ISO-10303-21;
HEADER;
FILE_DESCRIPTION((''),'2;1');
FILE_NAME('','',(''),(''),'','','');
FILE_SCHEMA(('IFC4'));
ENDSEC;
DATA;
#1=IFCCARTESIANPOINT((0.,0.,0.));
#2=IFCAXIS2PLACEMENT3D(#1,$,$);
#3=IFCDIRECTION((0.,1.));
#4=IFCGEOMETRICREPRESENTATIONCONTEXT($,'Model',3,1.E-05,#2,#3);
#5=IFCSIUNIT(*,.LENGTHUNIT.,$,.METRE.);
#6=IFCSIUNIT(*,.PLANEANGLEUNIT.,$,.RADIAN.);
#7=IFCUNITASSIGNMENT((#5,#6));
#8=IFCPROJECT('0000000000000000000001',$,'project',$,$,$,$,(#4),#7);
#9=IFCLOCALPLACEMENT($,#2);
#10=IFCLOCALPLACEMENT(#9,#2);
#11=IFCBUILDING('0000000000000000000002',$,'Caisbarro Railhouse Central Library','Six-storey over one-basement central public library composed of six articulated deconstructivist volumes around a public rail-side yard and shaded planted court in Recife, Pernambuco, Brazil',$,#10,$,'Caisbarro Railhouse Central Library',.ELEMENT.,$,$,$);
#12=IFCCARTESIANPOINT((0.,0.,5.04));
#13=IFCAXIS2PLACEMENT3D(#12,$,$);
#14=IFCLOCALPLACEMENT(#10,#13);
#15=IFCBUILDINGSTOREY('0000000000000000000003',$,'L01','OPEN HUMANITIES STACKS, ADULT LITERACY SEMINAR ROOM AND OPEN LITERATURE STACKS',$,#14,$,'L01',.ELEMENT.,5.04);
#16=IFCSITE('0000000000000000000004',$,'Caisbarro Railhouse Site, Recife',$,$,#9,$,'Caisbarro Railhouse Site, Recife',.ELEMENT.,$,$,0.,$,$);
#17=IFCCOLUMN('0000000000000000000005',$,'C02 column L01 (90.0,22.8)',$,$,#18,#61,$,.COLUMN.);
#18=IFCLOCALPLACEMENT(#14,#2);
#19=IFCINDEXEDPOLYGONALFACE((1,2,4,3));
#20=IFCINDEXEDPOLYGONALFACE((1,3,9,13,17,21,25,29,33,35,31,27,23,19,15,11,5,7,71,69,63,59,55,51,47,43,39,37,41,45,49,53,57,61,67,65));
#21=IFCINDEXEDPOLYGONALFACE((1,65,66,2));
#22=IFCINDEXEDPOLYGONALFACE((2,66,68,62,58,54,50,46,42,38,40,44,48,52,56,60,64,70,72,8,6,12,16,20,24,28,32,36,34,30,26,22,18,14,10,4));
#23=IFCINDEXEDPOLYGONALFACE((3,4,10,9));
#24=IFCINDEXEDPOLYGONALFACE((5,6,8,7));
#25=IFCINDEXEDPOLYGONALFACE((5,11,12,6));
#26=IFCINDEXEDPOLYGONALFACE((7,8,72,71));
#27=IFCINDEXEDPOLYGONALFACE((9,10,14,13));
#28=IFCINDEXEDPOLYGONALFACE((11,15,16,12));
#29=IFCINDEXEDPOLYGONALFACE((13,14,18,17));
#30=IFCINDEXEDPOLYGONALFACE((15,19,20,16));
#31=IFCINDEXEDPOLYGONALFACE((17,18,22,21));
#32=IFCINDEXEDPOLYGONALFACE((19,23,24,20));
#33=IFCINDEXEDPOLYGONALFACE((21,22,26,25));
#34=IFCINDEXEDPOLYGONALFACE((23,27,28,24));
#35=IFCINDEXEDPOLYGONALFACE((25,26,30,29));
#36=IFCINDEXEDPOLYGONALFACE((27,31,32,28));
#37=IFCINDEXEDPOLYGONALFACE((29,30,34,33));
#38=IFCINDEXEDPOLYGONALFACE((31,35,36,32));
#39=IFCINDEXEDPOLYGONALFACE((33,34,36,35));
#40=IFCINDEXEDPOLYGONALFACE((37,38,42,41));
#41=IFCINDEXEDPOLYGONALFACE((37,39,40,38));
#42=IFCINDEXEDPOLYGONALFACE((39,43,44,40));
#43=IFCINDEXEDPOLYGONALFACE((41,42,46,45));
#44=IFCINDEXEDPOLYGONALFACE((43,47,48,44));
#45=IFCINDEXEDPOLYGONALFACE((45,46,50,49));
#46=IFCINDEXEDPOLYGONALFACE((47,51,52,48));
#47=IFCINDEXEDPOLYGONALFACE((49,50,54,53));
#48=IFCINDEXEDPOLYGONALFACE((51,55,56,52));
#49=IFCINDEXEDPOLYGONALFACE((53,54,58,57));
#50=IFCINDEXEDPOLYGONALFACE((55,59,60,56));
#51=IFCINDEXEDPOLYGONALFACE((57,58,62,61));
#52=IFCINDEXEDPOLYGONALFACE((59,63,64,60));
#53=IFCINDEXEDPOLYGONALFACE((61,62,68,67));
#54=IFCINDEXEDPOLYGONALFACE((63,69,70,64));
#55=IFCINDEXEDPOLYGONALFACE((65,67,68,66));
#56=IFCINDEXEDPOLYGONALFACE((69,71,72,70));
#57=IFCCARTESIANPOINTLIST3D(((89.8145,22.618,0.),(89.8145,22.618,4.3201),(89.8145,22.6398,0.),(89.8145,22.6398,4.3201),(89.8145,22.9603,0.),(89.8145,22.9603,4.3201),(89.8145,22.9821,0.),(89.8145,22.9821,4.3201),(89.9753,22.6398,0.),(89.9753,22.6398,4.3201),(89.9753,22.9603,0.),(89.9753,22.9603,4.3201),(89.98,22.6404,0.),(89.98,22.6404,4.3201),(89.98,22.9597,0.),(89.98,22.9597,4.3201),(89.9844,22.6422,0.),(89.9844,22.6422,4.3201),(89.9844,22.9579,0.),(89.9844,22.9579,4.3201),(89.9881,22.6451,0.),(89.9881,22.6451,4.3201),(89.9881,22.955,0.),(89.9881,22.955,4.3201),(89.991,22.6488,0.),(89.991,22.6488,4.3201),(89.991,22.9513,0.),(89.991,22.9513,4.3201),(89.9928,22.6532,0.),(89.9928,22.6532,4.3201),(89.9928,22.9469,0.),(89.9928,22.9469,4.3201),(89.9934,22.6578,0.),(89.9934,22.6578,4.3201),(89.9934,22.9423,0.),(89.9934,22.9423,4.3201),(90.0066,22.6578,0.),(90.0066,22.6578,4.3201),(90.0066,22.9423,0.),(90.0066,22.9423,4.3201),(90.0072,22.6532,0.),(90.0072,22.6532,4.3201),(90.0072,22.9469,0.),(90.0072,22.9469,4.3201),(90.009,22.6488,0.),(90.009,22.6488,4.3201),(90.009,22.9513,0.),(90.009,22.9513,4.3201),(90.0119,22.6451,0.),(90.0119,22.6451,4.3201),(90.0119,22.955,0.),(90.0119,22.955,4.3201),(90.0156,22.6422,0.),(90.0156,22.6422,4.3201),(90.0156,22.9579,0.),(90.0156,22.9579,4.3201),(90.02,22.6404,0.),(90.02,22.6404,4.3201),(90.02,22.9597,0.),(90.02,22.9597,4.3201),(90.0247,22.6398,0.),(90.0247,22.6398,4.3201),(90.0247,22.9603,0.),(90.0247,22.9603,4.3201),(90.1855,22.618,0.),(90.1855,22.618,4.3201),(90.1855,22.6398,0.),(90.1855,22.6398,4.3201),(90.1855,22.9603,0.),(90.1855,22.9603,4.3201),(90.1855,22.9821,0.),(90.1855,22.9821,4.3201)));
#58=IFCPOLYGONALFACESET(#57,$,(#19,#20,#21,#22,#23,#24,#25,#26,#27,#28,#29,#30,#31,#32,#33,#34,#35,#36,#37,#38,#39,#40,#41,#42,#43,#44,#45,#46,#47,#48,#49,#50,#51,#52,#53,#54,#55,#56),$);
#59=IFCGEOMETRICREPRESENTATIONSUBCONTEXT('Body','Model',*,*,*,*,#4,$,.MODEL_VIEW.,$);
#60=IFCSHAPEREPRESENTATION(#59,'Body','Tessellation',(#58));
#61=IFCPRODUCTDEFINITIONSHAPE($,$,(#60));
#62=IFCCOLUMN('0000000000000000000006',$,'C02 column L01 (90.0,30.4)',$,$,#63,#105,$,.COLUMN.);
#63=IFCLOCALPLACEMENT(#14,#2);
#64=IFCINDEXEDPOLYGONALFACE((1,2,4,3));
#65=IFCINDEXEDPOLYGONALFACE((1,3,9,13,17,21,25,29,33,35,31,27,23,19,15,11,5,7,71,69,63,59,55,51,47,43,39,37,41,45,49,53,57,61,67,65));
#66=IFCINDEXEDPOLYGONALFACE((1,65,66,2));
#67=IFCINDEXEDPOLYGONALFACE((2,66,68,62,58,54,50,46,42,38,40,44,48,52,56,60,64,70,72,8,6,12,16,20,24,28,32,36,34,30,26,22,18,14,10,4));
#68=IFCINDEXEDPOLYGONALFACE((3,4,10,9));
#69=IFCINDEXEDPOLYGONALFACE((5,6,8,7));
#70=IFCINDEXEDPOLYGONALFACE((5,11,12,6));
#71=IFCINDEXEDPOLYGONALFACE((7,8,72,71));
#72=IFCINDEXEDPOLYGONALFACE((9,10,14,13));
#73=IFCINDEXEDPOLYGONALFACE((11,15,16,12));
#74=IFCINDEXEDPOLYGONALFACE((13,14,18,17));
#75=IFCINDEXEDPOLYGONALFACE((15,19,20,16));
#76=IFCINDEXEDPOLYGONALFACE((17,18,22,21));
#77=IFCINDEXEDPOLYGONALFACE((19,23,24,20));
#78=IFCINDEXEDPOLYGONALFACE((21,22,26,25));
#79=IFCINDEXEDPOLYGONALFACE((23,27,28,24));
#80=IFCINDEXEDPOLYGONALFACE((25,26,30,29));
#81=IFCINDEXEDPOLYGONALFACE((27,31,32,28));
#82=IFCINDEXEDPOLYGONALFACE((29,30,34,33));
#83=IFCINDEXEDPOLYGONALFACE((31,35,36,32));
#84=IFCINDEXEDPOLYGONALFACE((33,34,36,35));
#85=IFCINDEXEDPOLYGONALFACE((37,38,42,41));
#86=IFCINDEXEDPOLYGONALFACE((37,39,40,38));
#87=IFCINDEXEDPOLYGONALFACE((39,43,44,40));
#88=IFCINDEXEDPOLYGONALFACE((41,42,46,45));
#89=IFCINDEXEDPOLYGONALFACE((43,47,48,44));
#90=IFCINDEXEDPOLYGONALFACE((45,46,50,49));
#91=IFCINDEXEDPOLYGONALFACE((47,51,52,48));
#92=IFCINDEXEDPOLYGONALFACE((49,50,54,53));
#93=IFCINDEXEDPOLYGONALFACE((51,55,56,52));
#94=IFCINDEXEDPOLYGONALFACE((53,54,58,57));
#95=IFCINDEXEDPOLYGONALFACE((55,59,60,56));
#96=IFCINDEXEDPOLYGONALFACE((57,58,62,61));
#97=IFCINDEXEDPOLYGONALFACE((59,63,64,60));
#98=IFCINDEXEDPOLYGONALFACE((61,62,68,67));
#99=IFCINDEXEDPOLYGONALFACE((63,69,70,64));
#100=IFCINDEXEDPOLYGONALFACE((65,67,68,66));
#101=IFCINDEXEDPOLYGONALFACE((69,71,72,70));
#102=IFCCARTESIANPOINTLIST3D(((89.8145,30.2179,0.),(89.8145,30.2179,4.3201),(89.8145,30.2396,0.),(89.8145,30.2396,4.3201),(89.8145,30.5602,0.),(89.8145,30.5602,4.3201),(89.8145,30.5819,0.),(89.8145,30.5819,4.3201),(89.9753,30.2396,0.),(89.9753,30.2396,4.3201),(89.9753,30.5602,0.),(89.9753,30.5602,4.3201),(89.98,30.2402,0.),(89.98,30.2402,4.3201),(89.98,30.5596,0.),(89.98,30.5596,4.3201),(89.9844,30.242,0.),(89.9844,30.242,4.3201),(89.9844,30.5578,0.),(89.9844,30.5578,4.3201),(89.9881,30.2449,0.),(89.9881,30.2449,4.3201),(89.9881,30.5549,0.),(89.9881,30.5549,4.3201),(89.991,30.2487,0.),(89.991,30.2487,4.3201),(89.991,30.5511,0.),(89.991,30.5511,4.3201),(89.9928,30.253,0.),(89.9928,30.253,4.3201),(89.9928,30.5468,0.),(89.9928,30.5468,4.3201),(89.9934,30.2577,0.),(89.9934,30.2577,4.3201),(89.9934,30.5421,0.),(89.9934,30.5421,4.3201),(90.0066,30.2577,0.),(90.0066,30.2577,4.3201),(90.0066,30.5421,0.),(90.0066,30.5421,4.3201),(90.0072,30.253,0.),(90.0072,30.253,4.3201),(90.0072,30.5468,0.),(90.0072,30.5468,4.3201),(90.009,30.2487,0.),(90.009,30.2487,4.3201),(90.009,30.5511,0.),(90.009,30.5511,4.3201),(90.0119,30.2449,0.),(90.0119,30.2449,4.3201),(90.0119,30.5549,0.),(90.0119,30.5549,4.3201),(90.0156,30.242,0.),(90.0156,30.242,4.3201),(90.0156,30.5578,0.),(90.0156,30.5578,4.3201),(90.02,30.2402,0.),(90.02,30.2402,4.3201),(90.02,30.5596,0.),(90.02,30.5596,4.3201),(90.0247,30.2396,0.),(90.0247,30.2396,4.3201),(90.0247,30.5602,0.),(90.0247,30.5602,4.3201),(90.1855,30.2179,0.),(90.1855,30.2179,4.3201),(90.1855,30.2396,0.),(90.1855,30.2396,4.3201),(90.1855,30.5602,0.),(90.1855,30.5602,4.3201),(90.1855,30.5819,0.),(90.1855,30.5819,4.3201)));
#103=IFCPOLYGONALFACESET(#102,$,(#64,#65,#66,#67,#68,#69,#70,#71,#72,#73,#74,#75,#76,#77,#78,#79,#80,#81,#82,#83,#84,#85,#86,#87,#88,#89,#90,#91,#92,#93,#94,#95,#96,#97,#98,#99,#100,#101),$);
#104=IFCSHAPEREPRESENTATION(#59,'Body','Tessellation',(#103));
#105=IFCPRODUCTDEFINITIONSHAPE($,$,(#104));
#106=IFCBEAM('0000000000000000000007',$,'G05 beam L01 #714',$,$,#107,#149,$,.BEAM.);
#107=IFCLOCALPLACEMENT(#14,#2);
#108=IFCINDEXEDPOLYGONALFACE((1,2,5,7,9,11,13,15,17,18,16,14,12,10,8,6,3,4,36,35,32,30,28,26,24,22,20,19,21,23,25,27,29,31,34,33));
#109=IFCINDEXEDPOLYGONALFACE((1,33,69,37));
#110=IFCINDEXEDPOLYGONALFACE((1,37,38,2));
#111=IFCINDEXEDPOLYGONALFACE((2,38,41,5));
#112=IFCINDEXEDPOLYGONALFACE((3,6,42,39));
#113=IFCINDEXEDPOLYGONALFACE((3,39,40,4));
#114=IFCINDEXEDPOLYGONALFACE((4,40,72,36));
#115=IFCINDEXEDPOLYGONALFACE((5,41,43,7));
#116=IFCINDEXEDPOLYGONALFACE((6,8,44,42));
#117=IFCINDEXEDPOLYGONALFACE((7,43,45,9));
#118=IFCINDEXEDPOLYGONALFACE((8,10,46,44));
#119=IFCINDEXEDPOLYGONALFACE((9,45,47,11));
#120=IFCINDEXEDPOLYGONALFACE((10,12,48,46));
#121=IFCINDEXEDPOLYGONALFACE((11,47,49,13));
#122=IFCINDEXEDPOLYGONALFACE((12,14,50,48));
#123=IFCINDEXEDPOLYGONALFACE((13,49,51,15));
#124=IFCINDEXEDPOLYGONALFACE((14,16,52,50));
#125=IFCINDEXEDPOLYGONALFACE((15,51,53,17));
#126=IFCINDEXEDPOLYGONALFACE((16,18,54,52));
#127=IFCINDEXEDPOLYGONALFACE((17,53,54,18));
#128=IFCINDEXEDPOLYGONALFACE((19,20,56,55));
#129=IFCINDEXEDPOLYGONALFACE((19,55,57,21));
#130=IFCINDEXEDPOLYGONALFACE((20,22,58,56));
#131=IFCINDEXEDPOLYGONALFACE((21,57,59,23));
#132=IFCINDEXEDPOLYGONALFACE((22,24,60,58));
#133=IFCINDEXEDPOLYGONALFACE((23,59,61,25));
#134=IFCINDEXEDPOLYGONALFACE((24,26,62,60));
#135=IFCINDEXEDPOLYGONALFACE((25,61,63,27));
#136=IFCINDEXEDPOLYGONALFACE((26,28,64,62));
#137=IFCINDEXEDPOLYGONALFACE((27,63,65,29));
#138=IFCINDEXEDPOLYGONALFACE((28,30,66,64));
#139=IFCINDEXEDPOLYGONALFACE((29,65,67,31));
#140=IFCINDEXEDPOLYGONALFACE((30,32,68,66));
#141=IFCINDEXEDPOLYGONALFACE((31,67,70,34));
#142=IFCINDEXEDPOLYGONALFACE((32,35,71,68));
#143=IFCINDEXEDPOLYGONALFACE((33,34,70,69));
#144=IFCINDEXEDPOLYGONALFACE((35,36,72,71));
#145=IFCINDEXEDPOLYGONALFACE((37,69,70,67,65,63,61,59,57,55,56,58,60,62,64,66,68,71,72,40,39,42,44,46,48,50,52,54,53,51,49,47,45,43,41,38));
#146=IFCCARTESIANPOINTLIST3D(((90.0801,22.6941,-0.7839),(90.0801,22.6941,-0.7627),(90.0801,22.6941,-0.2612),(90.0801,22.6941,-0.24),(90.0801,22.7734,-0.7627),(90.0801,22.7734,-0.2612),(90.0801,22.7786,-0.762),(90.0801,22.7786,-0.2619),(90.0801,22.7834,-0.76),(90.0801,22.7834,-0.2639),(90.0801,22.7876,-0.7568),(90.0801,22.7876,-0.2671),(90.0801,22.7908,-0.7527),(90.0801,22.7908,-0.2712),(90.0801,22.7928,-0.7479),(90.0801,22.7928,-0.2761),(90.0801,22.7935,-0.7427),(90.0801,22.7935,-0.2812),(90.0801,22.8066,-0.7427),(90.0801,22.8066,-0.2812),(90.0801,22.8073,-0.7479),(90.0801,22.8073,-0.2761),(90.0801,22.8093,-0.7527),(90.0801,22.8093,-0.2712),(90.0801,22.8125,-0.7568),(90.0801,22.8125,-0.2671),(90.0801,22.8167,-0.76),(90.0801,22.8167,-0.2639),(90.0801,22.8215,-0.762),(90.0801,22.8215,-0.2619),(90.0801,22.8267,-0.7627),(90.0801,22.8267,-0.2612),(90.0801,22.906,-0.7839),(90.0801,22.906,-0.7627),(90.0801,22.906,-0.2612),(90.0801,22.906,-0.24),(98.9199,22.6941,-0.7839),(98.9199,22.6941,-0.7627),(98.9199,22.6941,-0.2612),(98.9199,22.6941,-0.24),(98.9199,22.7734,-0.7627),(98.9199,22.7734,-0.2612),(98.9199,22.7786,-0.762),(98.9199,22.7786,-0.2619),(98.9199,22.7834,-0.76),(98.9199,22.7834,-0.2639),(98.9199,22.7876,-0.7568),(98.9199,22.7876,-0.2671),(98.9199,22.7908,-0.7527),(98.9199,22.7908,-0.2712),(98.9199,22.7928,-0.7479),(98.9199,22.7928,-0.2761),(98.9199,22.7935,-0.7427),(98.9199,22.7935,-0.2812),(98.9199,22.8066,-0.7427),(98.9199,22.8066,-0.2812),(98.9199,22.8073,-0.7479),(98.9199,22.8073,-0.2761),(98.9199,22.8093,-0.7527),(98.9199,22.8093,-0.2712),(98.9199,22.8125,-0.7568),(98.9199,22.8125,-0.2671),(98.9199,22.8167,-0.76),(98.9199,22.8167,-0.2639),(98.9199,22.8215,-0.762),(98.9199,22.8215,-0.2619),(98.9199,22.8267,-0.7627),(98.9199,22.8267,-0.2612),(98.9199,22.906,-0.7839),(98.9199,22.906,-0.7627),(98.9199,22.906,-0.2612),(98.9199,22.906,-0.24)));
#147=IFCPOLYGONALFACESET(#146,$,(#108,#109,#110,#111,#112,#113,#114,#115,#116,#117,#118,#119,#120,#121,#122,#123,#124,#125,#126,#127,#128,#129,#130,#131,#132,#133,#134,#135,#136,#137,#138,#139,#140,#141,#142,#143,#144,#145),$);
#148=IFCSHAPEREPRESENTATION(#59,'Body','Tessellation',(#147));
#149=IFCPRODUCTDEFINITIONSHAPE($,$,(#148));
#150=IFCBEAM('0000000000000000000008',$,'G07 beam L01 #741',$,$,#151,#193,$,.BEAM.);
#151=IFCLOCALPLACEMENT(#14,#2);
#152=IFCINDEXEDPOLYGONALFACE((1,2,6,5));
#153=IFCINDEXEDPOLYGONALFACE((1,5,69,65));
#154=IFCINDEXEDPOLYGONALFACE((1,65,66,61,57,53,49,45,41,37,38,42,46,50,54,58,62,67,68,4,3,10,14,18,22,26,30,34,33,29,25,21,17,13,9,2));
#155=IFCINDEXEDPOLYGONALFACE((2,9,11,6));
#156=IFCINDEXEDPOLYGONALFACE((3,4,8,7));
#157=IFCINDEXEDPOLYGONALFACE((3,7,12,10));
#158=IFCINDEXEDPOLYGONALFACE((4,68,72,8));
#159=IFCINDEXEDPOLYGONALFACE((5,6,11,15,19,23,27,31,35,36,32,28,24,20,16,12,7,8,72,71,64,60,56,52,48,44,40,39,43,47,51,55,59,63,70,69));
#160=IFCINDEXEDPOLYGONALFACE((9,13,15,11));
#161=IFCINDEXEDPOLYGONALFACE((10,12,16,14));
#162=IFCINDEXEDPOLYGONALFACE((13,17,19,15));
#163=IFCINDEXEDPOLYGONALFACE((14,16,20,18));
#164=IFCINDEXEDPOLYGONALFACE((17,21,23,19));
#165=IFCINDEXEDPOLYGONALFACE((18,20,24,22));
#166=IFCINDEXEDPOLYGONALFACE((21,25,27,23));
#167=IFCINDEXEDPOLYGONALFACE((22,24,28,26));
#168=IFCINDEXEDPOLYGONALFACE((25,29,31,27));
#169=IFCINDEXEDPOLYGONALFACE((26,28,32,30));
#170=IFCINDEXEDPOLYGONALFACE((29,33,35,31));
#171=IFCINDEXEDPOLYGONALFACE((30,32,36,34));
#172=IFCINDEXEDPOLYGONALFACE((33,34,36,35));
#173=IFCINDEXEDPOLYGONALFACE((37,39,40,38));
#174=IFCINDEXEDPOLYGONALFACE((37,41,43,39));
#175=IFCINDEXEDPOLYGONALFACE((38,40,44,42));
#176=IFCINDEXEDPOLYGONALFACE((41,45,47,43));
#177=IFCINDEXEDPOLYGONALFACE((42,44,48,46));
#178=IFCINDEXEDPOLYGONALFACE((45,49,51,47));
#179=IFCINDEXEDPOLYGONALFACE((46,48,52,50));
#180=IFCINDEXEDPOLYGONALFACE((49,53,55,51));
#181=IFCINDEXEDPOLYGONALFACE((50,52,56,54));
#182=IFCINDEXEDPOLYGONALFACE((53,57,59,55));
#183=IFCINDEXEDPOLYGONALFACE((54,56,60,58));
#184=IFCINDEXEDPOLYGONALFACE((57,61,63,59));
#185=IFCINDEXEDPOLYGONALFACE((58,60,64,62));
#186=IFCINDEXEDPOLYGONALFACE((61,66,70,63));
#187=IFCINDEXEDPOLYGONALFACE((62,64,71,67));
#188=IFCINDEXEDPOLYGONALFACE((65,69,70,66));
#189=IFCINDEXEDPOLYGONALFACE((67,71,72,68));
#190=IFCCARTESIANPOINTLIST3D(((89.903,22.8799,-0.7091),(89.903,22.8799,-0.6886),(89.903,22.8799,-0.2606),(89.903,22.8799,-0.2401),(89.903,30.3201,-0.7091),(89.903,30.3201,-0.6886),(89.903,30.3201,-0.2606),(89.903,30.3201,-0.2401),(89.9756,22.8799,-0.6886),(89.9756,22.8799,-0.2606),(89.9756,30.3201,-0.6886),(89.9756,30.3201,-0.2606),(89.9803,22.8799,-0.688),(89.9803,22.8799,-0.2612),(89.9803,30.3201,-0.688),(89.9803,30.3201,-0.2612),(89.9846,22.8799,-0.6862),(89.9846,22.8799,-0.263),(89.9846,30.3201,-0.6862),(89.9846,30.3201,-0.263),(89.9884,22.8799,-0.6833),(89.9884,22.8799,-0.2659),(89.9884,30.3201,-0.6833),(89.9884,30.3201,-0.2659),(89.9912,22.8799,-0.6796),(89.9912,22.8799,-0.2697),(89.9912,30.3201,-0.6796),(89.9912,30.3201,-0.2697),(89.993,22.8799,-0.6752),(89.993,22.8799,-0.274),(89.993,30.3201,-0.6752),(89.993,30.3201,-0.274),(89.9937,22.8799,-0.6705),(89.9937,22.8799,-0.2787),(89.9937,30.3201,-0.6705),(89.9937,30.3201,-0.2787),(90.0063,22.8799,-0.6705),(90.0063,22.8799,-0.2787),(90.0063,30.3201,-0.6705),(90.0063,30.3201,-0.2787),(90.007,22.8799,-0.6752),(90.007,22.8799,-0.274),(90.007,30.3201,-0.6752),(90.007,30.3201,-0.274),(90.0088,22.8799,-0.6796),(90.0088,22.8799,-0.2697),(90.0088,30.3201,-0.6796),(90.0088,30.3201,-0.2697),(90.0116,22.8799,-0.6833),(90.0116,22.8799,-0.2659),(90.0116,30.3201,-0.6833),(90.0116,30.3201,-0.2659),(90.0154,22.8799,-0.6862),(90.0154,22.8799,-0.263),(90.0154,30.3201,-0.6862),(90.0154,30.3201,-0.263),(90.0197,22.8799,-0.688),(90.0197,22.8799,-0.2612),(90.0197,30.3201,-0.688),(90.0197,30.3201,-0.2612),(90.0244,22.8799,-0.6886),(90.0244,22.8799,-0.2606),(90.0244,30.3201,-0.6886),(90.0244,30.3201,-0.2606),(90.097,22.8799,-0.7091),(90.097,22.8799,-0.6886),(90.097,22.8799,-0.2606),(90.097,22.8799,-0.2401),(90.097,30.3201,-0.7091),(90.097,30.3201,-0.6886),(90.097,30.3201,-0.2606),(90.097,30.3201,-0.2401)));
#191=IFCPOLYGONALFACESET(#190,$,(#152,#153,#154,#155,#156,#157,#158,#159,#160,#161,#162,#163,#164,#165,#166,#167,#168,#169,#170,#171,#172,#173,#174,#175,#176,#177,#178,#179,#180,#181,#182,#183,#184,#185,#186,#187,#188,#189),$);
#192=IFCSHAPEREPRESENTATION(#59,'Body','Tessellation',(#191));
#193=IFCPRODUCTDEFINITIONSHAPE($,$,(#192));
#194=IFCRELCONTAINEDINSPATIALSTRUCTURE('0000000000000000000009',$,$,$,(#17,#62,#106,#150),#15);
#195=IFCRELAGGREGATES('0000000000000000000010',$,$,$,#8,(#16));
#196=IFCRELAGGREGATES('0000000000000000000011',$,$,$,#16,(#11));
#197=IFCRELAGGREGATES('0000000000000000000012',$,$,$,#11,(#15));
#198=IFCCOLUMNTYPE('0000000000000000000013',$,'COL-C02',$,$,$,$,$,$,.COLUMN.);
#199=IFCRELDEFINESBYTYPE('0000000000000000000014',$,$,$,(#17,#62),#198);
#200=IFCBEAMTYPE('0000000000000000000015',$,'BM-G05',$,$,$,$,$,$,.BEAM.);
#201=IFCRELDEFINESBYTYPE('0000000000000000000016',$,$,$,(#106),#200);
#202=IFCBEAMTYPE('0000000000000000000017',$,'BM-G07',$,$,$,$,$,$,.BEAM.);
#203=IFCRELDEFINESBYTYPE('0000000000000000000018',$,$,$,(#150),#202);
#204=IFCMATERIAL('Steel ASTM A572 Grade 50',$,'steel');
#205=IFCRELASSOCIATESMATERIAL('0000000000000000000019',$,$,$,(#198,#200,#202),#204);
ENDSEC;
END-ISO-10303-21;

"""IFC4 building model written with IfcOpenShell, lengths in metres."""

from ifc_helpers import new_model, si_unit, direction, frame, origin, origin_2d, place, context, subcontext, project, spatial, i_section, extrude, material, material_profile, profile_set, type_object, element, save


model = new_model("IFC4")

# Units and contexts
model_context = context("Model", 3, precision=1e-05, world=origin(), true_north=direction((0.0, 1.0)))
body_context = subcontext(model_context, "Body", "Model", "MODEL_VIEW")
ifc_project = project(units=[si_unit("LENGTHUNIT", "METRE"), si_unit("PLANEANGLEUNIT", "RADIAN")], contexts=[model_context])

# Site, building, storey
site_placement = place(None, origin())
site = spatial("IfcSite", under=ifc_project, at=site_placement, Name="Caisbarro Railhouse Site, Recife", LongName="Caisbarro Railhouse Site, Recife", CompositionType="ELEMENT", RefElevation=0.0)
building_placement = place(site_placement, origin())
building = spatial("IfcBuilding", under=site, at=building_placement, Name="Caisbarro Railhouse Central Library", Description="Six-storey over one-basement central public library composed of six articulated deconstructivist volumes around a public rail-side yard and shaded planted court in Recife, Pernambuco, Brazil", LongName="Caisbarro Railhouse Central Library", CompositionType="ELEMENT")
storey_placement = place(building_placement, frame((0.0, 0.0, 5.04)))
storey = spatial("IfcBuildingStorey", under=building, at=storey_placement, Name="L01", Description="OPEN HUMANITIES STACKS, ADULT LITERACY SEMINAR ROOM AND OPEN LITERATURE STACKS", LongName="L01", CompositionType="ELEMENT", Elevation=5.04)

# Columns
ifc_material_1 = material(Name="Steel ASTM A572 Grade 50", Category="steel")
ifc_material_profile_1 = material_profile(ifc_material_1, i_section(OverallWidth=0.3711, OverallDepth=0.364, WebThickness=0.0132, FlangeThickness=0.0217, FilletRadius=0.0181, at=origin_2d()), Name="W360X162.0")
ifc_profile_set_1 = profile_set([ifc_material_profile_1], Name="Steel ASTM A572 Grade 50")
column_type = type_object("IfcColumnType", Name="COL-C02", PredefinedType="COLUMN", material=ifc_profile_set_1)
for number, where, z_axis, x_axis, name in (
    (1, (90.0, 22.8, 0.0), (0.0, 0.0, 1.0), (1.0, 0.0, 0.0), "C02 column L01 (90.0,22.8)"),
    (2, (90.0, 30.3999, 0.0), (0.0, 0.0, 1.0), (1.0, 0.0, 0.0), "C02 column L01 (90.0,30.4)"),
):
    element("IfcColumn", number, at=place(storey_placement, frame(where, z_axis=z_axis, x_axis=x_axis)), inside=storey, type_object=column_type, Name=name, PredefinedType="COLUMN", context=body_context, shape_type="SweptSolid", body=[
        extrude(i_section(OverallWidth=0.3711, OverallDepth=0.364, WebThickness=0.0132, FlangeThickness=0.0217, FilletRadius=0.0181, at=origin_2d()), origin(), (0.0, 0.0, 1.0), 4.3201),
    ])

# Beams
ifc_material_profile_2 = material_profile(ifc_material_1, i_section(OverallWidth=0.2119, OverallDepth=0.5439, WebThickness=0.0132, FlangeThickness=0.0212, FilletRadius=0.02, at=origin_2d()), Name="W530X123.0")
ifc_profile_set_2 = profile_set([ifc_material_profile_2], Name="Steel ASTM A572 Grade 50")
beam_type_1 = type_object("IfcBeamType", Name="BM-G05", PredefinedType="BEAM", material=ifc_profile_set_2)
beam_1_placement = place(storey_placement, frame((90.0801, 22.8, -0.512), z_axis=(1.0, 0.0, 0.0), x_axis=(0.0, 1.0, 0.0)))
element("IfcBeam", 3, at=beam_1_placement, inside=storey, type_object=beam_type_1, Name="G05 beam L01 #714", PredefinedType="BEAM", context=body_context, shape_type="SweptSolid", body=[
    extrude(i_section(OverallWidth=0.2119, OverallDepth=0.5439, WebThickness=0.0132, FlangeThickness=0.0212, FilletRadius=0.02, at=origin_2d()), origin(), (0.0, 0.0, 1.0), 8.8398),
])
ifc_material_profile_3 = material_profile(ifc_material_1, i_section(OverallWidth=0.1941, OverallDepth=0.469, WebThickness=0.0127, FlangeThickness=0.0205, FilletRadius=0.0181, at=origin_2d()), Name="W460X106.0")
ifc_profile_set_3 = profile_set([ifc_material_profile_3], Name="Steel ASTM A572 Grade 50")
beam_type_2 = type_object("IfcBeamType", Name="BM-G07", PredefinedType="BEAM", material=ifc_profile_set_3)
beam_2_placement = place(storey_placement, frame((90.0, 22.8799, -0.4746), z_axis=(0.0, 1.0, 0.0), x_axis=(-1.0, 0.0, 0.0)))
element("IfcBeam", 4, at=beam_2_placement, inside=storey, type_object=beam_type_2, Name="G07 beam L01 #741", PredefinedType="BEAM", context=body_context, shape_type="SweptSolid", body=[
    extrude(i_section(OverallWidth=0.1941, OverallDepth=0.469, WebThickness=0.0127, FlangeThickness=0.0205, FilletRadius=0.0181, at=origin_2d()), origin(), (0.0, 0.0, 1.0), 7.4402),
])

save(model, "model.ifc")
